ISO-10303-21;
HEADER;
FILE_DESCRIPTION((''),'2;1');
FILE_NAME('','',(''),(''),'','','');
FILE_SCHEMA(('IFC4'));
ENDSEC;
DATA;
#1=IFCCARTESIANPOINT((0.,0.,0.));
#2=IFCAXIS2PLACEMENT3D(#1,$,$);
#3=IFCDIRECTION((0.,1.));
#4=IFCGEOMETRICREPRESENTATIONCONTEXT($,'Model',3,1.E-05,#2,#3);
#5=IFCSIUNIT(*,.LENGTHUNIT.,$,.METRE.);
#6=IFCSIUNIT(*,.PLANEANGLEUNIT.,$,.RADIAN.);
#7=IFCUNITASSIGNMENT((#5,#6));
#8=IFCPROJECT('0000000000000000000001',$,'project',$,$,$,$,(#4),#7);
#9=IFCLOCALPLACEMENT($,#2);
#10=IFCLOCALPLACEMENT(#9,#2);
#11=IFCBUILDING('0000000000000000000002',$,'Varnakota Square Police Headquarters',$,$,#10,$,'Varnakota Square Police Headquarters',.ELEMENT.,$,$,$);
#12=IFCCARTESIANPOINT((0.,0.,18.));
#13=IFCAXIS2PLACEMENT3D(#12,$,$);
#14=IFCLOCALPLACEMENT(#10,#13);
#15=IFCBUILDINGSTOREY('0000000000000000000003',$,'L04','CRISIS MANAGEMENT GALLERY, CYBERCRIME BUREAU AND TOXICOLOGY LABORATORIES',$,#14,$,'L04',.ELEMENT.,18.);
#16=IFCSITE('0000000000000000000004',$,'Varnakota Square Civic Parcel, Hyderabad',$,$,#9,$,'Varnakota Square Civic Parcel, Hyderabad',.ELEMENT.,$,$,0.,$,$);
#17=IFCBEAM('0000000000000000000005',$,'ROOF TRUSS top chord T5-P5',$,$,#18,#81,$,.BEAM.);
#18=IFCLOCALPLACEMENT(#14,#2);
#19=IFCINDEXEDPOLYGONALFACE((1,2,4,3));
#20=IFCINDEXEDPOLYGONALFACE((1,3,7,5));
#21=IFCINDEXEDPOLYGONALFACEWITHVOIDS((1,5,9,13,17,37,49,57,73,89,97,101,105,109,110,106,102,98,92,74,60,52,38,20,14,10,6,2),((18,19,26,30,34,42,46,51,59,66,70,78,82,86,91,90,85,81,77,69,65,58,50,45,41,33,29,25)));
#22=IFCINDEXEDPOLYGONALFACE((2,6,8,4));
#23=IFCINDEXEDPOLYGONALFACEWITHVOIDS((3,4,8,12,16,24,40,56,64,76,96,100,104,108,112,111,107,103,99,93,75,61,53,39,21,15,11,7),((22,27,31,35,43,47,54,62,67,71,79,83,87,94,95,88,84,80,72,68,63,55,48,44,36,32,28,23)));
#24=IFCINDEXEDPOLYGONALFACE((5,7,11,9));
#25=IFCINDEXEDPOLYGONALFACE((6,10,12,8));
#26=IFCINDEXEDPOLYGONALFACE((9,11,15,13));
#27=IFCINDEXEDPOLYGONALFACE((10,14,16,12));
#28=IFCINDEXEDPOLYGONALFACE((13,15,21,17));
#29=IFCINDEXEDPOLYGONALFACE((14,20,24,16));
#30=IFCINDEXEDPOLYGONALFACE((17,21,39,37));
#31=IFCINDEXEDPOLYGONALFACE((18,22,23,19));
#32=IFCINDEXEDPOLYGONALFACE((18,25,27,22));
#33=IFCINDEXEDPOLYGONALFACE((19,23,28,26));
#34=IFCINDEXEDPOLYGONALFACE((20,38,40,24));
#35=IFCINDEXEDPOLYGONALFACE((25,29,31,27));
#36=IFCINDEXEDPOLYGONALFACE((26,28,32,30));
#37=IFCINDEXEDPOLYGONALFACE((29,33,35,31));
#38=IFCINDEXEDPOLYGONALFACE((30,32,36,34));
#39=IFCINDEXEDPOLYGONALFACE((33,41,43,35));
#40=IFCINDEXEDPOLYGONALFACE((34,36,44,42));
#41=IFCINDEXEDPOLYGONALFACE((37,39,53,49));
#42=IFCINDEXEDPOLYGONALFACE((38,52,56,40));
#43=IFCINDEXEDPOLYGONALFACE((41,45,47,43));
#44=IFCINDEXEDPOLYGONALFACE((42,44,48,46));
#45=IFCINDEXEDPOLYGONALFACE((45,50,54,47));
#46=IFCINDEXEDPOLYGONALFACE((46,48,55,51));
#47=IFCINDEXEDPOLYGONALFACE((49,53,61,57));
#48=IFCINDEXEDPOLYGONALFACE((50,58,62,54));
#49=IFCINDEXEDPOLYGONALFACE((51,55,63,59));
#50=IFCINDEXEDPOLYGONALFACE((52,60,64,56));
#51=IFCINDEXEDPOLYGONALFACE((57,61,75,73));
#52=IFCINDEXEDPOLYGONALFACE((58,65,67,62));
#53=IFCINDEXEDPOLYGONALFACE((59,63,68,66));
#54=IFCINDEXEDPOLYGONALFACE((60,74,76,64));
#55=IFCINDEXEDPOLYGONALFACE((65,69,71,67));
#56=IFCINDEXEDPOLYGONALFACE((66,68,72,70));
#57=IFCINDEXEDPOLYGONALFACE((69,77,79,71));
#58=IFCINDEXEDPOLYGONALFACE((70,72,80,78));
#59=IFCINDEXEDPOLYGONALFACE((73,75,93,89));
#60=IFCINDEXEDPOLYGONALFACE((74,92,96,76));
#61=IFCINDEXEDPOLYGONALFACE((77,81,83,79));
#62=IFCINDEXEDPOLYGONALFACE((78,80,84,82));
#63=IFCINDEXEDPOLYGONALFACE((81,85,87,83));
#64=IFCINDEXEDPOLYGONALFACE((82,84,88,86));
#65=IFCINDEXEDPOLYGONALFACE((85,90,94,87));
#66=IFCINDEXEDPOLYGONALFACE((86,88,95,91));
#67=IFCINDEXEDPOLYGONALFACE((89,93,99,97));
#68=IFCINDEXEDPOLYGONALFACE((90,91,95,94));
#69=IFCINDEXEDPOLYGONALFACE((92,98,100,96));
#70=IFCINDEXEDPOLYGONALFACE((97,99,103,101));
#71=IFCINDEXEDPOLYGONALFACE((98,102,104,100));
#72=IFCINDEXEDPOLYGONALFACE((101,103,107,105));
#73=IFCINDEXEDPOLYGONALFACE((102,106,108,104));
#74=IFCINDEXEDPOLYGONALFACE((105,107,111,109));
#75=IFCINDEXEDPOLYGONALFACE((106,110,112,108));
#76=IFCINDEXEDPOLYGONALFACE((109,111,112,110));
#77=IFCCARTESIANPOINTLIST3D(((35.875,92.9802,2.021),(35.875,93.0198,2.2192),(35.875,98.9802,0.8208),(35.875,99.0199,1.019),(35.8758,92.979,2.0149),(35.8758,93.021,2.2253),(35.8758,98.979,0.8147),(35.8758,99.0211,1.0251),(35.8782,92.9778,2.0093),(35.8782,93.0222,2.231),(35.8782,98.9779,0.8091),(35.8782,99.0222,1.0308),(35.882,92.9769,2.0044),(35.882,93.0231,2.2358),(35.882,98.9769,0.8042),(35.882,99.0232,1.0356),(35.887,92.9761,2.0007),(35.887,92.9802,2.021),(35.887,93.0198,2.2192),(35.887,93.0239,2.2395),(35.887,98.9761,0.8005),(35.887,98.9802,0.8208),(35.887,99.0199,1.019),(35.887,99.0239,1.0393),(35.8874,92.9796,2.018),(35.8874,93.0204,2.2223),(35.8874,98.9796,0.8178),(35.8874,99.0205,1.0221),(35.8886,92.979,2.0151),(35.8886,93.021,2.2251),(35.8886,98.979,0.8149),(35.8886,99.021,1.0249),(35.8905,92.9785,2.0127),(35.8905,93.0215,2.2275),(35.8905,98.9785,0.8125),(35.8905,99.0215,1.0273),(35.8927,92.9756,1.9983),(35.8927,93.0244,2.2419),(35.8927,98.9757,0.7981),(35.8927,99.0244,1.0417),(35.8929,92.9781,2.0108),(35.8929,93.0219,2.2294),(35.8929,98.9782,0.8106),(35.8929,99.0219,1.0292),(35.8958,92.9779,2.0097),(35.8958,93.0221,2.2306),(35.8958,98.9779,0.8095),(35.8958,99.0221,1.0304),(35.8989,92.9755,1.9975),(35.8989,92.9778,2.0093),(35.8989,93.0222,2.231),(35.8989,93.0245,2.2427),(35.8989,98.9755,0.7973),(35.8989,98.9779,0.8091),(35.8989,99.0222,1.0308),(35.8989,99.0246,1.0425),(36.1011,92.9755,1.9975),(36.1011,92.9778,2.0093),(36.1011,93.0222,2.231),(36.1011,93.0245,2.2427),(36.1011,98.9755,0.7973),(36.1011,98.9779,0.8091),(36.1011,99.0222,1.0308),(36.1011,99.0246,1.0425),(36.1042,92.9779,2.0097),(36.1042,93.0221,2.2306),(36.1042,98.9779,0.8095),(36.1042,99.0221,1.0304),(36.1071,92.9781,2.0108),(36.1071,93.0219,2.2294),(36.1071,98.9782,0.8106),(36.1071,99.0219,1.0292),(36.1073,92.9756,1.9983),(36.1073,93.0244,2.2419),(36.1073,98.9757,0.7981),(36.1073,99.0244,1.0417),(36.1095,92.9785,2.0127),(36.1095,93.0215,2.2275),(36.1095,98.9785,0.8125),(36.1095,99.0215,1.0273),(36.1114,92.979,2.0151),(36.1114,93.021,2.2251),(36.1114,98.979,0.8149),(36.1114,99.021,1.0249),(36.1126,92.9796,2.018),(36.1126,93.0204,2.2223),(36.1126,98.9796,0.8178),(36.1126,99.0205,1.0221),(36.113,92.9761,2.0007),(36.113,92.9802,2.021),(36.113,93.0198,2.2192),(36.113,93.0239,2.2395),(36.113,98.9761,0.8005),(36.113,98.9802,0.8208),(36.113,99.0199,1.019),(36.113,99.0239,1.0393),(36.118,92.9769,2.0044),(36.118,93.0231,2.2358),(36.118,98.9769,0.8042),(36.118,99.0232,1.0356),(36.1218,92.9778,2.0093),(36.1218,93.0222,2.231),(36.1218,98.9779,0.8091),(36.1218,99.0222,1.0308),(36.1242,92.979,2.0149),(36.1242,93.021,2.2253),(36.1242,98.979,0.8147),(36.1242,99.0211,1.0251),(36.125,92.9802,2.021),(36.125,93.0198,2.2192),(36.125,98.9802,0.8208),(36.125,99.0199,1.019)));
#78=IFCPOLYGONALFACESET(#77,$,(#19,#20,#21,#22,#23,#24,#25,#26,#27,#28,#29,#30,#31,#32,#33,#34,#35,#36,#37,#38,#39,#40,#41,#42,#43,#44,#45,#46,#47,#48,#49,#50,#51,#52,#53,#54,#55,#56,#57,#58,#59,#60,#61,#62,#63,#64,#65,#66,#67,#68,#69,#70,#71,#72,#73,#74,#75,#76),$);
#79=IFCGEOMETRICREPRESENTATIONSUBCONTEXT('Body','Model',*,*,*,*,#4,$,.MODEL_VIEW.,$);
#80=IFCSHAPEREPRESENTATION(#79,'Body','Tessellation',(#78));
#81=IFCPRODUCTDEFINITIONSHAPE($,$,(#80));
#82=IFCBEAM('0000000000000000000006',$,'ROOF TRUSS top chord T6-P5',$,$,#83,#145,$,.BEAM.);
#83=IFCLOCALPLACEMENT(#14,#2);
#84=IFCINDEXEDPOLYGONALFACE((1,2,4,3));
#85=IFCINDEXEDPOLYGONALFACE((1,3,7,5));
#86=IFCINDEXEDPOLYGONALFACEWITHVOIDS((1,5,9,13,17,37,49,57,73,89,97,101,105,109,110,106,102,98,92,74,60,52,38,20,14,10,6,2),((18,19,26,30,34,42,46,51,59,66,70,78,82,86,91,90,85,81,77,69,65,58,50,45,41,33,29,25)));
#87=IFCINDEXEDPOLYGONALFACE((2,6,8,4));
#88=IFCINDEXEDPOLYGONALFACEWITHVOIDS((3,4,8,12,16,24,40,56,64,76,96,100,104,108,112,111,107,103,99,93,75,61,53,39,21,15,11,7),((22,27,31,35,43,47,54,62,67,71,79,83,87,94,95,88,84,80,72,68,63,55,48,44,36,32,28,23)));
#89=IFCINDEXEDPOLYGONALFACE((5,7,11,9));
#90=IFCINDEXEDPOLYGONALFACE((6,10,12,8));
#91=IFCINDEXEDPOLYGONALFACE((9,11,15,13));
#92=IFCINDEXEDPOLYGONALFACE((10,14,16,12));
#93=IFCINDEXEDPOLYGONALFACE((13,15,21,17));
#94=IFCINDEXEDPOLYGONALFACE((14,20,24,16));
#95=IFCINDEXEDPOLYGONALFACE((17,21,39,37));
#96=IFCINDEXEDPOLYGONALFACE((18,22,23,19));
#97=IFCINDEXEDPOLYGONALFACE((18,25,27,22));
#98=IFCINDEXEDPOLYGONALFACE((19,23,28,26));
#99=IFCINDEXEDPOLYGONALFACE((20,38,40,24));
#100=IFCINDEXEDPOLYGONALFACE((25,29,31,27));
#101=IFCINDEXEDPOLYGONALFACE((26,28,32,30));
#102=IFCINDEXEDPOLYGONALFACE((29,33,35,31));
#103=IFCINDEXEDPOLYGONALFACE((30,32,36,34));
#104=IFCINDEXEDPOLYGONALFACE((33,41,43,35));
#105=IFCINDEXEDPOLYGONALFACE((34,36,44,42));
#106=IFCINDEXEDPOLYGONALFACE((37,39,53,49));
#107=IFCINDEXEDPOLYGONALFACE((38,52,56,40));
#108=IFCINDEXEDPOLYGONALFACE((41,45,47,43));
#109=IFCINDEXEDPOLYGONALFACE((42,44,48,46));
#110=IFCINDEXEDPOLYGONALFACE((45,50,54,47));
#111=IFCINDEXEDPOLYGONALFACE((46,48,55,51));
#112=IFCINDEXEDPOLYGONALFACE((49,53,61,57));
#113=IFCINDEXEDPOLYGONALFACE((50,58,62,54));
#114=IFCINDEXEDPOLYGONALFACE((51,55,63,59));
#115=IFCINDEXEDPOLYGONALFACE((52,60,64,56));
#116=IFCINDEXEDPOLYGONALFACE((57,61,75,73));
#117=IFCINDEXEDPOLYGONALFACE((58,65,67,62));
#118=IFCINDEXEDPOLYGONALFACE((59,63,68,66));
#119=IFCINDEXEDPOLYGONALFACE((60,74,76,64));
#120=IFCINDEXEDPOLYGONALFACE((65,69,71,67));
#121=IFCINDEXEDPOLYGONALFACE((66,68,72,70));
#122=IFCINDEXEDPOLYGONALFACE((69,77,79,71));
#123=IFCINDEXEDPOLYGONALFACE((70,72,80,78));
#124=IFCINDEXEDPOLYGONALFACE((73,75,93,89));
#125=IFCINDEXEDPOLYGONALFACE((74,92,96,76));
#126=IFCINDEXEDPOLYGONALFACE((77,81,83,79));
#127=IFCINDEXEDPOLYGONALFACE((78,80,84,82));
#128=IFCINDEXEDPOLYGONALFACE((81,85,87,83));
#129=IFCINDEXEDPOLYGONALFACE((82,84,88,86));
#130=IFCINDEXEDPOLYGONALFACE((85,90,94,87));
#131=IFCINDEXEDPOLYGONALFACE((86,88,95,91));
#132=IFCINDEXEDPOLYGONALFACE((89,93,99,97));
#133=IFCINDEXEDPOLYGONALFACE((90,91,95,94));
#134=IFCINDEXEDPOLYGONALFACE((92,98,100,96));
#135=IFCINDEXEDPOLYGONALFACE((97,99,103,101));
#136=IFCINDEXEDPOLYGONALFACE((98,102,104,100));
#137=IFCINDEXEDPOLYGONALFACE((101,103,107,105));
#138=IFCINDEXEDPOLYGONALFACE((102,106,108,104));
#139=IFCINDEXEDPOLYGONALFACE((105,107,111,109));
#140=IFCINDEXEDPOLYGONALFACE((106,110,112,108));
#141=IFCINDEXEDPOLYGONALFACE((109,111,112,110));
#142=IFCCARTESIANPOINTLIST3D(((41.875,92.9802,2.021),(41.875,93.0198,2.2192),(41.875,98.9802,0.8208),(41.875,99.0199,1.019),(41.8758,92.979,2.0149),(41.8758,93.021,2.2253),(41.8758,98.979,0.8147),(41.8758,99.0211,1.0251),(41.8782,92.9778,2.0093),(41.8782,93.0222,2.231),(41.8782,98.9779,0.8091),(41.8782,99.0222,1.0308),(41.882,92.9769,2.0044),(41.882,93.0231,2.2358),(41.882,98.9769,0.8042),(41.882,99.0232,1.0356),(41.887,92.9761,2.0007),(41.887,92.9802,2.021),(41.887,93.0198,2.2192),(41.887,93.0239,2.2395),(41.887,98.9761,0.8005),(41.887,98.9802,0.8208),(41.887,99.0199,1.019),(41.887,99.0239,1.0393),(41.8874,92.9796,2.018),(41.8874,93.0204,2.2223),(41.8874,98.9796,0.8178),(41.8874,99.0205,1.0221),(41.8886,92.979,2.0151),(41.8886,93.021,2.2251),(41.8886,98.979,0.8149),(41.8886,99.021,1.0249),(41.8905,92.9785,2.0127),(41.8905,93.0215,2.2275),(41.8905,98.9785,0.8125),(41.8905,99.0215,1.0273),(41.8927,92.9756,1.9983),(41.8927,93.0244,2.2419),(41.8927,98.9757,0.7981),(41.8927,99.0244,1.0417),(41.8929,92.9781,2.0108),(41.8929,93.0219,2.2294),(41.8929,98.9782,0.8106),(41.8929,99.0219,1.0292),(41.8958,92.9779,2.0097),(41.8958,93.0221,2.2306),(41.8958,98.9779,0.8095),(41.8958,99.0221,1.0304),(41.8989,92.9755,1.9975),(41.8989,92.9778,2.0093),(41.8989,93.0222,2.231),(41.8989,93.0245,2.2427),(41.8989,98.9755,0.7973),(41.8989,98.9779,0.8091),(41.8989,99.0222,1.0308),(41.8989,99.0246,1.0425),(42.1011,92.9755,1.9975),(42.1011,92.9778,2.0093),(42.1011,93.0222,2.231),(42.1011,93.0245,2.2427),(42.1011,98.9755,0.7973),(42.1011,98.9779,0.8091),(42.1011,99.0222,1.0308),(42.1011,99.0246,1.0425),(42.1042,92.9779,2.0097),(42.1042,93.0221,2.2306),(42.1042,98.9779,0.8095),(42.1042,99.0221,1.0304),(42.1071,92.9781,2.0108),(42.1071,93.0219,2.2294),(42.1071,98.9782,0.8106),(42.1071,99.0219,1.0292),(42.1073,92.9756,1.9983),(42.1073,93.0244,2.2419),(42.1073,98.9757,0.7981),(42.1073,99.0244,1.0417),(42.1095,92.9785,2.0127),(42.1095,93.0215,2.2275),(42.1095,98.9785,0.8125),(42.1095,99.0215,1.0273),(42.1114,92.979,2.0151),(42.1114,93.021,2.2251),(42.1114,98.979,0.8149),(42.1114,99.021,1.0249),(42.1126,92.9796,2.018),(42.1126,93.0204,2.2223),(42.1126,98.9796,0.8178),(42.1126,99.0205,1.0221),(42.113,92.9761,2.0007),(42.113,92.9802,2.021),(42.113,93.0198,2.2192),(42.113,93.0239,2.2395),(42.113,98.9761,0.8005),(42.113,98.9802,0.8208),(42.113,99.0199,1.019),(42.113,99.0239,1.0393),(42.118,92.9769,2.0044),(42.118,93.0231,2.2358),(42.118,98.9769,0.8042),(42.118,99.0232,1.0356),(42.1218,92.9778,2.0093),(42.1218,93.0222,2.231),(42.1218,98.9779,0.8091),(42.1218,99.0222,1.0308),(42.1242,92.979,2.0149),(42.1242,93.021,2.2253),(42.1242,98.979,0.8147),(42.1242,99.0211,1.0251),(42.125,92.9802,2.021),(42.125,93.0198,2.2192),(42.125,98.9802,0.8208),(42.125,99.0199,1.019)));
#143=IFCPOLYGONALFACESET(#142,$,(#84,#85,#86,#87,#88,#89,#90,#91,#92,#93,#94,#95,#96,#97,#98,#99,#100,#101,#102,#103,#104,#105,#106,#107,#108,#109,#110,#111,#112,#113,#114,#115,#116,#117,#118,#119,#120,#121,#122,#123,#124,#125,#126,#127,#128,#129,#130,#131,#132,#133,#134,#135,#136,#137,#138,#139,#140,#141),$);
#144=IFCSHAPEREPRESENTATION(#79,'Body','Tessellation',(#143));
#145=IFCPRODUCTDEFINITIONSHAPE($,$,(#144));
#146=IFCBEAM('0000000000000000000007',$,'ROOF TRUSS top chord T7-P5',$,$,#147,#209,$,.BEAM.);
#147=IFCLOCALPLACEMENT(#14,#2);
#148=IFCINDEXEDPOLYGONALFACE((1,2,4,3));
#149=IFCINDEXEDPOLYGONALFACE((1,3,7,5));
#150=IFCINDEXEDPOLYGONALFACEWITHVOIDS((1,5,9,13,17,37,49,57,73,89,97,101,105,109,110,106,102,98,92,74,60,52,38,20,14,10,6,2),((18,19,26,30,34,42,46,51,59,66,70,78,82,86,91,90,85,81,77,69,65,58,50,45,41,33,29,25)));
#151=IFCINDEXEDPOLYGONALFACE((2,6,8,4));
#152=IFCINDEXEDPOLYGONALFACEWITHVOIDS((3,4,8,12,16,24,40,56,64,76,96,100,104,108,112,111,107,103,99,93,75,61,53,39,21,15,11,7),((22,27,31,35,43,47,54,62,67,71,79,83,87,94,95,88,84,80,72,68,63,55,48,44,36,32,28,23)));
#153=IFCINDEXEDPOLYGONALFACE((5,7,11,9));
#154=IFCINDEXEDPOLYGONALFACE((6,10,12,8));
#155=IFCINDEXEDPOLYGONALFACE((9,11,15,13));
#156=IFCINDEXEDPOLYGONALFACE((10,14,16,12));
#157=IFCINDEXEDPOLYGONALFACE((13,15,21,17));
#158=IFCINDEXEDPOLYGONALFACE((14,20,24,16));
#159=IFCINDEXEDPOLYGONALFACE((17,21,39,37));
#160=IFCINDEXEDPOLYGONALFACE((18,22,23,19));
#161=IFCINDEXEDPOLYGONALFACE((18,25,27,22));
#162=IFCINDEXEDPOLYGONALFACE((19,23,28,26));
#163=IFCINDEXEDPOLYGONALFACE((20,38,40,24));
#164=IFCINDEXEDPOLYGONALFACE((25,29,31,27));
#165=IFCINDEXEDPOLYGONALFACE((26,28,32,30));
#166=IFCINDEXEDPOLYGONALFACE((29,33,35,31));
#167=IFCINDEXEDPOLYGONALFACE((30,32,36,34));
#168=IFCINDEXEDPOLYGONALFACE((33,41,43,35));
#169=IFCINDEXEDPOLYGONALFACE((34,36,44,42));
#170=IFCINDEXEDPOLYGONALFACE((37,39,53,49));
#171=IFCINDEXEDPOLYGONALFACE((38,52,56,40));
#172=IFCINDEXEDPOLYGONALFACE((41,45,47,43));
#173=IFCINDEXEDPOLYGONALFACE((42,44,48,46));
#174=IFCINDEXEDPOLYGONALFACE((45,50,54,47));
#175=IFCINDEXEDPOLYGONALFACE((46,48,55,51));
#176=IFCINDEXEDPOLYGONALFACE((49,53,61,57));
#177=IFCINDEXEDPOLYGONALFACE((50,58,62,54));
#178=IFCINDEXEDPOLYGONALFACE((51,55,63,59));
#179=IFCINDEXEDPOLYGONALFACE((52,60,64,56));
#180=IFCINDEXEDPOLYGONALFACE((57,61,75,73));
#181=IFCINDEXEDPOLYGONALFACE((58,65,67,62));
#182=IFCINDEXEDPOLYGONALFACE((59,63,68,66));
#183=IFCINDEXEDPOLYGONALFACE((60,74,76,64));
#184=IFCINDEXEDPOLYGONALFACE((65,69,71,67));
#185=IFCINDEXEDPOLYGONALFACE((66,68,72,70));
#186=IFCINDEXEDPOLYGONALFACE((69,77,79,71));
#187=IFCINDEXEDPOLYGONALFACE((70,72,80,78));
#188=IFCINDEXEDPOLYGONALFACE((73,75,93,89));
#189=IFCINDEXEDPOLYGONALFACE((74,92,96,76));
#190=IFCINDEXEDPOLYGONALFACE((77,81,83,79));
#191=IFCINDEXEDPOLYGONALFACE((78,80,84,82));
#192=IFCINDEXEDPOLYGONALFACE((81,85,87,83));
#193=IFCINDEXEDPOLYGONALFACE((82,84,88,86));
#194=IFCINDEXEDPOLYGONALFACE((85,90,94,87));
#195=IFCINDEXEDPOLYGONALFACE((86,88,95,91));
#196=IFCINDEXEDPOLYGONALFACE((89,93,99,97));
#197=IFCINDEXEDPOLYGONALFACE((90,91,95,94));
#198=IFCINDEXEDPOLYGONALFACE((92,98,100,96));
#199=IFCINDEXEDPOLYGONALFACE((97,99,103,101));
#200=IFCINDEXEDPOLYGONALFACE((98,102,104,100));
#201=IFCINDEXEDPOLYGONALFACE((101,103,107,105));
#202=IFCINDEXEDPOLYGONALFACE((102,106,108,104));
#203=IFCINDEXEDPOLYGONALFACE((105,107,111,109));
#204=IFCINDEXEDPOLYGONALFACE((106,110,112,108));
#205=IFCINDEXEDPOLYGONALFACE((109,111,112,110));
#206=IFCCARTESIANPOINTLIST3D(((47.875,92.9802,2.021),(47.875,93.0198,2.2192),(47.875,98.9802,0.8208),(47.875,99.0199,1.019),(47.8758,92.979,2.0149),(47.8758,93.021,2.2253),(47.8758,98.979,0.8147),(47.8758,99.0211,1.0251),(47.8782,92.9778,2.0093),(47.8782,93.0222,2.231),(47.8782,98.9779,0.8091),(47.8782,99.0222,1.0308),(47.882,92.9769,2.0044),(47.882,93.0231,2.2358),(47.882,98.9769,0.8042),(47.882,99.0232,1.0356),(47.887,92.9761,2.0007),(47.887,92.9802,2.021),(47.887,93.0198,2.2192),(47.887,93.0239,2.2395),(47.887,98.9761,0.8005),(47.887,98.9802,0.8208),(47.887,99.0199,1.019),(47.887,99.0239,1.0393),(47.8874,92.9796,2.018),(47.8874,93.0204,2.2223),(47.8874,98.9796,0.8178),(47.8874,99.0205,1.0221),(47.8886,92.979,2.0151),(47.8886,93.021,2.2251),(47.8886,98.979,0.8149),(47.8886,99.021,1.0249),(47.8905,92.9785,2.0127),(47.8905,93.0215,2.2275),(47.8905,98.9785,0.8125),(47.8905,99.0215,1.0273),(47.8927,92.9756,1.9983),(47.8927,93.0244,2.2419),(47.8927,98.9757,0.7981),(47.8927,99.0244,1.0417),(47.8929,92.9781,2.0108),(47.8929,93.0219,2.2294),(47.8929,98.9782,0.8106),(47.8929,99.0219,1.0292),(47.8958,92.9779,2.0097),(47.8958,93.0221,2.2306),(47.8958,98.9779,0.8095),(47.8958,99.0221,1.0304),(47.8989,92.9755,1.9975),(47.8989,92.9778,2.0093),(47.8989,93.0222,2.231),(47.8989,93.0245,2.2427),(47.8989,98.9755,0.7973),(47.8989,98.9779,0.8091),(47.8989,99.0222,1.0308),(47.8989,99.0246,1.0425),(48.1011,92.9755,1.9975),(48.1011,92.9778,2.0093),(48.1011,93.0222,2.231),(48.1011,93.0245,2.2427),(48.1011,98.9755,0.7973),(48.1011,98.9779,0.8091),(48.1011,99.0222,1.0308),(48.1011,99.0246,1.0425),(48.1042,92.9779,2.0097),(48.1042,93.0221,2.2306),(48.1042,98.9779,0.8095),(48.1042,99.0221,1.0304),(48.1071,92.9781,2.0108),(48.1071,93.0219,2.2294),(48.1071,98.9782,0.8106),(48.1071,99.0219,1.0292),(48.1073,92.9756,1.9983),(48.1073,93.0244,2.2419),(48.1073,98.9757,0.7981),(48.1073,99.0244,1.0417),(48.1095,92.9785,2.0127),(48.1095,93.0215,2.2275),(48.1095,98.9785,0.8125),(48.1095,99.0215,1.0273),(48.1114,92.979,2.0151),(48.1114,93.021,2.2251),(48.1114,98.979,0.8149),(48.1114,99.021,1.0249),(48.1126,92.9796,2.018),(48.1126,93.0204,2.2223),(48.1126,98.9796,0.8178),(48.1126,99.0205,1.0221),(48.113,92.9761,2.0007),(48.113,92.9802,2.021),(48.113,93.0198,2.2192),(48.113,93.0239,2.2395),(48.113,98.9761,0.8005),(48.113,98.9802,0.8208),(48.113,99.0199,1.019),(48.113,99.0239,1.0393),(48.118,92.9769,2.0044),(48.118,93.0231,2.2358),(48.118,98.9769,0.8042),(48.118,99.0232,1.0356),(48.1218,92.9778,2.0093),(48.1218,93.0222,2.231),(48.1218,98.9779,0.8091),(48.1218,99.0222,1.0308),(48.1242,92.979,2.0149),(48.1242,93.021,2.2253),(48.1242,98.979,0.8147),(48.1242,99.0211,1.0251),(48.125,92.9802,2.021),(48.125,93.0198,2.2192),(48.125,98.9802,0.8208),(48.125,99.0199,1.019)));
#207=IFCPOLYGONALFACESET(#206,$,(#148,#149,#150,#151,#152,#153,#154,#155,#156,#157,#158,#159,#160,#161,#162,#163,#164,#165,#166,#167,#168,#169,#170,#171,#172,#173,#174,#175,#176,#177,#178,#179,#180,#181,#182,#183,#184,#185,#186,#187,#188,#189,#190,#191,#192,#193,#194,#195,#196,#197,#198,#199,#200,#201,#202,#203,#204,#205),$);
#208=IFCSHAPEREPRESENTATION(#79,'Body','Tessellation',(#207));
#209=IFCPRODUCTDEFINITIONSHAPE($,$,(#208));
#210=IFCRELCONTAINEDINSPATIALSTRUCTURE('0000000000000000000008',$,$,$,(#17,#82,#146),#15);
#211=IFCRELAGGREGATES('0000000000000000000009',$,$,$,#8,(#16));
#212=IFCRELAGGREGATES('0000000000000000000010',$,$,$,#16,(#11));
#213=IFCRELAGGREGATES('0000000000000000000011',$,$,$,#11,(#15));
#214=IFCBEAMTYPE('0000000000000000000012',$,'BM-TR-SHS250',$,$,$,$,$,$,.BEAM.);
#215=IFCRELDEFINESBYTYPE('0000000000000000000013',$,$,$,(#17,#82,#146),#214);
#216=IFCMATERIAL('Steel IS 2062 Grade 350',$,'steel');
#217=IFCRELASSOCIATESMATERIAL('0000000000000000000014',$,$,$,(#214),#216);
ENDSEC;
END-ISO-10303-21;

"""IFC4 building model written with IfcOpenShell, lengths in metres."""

from ifc_helpers import new_model, si_unit, direction, frame, origin, origin_2d, place, context, subcontext, project, spatial, hollow_rectangle, extrude, material, material_profile, profile_set, type_object, element, save


model = new_model("IFC4")

# Units and contexts
model_context = context("Model", 3, precision=1e-05, world=origin(), true_north=direction((0.0, 1.0)))
body_context = subcontext(model_context, "Body", "Model", "MODEL_VIEW")
ifc_project = project(units=[si_unit("LENGTHUNIT", "METRE"), si_unit("PLANEANGLEUNIT", "RADIAN")], contexts=[model_context])

# Site, building, storey
site_placement = place(None, origin())
site = spatial("IfcSite", under=ifc_project, at=site_placement, Name="Varnakota Square Civic Parcel, Hyderabad", LongName="Varnakota Square Civic Parcel, Hyderabad", CompositionType="ELEMENT", RefElevation=0.0)
building_placement = place(site_placement, origin())
building = spatial("IfcBuilding", under=site, at=building_placement, Name="Varnakota Square Police Headquarters", LongName="Varnakota Square Police Headquarters", CompositionType="ELEMENT")
storey_placement = place(building_placement, frame((0.0, 0.0, 18.0)))
storey = spatial("IfcBuildingStorey", under=building, at=storey_placement, Name="L04", Description="CRISIS MANAGEMENT GALLERY, CYBERCRIME BUREAU AND TOXICOLOGY LABORATORIES", LongName="L04", CompositionType="ELEMENT", Elevation=18.0)

# Beams
ifc_material_1 = material(Name="Steel IS 2062 Grade 350", Category="steel")
ifc_material_profile_1 = material_profile(ifc_material_1, hollow_rectangle(XDim=0.25, YDim=0.25, WallThickness=0.012, InnerFilletRadius=0.012, OuterFilletRadius=0.0239, at=origin_2d()), Name="SHS 250x250x12")
ifc_profile_set_1 = profile_set([ifc_material_profile_1], Name="Steel IS 2062 Grade 350")
beam_type_1 = type_object("IfcBeamType", Name="BM-TR-SHS250", PredefinedType="BEAM", material=ifc_profile_set_1)
for number, where, z_axis, x_axis, name in (
    (1, (36.0, 93.0, 2.1201), (0.0, 0.980575, -0.196147), (-1.0, 0.0, 0.0), "ROOF TRUSS top chord T5-P5"),
    (2, (42.0, 93.0, 2.1201), (0.0, 0.980575, -0.196147), (-1.0, 0.0, 0.0), "ROOF TRUSS top chord T6-P5"),
    (3, (48.0, 93.0, 2.1201), (0.0, 0.980575, -0.196147), (-1.0, 0.0, 0.0), "ROOF TRUSS top chord T7-P5"),
):
    element("IfcBeam", number, at=place(storey_placement, frame(where, z_axis=z_axis, x_axis=x_axis)), inside=storey, type_object=beam_type_1, Name=name, PredefinedType="BEAM", context=body_context, shape_type="SweptSolid", body=[
        extrude(hollow_rectangle(XDim=0.25, YDim=0.25, WallThickness=0.012, InnerFilletRadius=0.012, OuterFilletRadius=0.0239, at=origin_2d()), origin(), (0.0, 0.0, 1.0), 6.1189),
    ])

save(model, "model.ifc")
